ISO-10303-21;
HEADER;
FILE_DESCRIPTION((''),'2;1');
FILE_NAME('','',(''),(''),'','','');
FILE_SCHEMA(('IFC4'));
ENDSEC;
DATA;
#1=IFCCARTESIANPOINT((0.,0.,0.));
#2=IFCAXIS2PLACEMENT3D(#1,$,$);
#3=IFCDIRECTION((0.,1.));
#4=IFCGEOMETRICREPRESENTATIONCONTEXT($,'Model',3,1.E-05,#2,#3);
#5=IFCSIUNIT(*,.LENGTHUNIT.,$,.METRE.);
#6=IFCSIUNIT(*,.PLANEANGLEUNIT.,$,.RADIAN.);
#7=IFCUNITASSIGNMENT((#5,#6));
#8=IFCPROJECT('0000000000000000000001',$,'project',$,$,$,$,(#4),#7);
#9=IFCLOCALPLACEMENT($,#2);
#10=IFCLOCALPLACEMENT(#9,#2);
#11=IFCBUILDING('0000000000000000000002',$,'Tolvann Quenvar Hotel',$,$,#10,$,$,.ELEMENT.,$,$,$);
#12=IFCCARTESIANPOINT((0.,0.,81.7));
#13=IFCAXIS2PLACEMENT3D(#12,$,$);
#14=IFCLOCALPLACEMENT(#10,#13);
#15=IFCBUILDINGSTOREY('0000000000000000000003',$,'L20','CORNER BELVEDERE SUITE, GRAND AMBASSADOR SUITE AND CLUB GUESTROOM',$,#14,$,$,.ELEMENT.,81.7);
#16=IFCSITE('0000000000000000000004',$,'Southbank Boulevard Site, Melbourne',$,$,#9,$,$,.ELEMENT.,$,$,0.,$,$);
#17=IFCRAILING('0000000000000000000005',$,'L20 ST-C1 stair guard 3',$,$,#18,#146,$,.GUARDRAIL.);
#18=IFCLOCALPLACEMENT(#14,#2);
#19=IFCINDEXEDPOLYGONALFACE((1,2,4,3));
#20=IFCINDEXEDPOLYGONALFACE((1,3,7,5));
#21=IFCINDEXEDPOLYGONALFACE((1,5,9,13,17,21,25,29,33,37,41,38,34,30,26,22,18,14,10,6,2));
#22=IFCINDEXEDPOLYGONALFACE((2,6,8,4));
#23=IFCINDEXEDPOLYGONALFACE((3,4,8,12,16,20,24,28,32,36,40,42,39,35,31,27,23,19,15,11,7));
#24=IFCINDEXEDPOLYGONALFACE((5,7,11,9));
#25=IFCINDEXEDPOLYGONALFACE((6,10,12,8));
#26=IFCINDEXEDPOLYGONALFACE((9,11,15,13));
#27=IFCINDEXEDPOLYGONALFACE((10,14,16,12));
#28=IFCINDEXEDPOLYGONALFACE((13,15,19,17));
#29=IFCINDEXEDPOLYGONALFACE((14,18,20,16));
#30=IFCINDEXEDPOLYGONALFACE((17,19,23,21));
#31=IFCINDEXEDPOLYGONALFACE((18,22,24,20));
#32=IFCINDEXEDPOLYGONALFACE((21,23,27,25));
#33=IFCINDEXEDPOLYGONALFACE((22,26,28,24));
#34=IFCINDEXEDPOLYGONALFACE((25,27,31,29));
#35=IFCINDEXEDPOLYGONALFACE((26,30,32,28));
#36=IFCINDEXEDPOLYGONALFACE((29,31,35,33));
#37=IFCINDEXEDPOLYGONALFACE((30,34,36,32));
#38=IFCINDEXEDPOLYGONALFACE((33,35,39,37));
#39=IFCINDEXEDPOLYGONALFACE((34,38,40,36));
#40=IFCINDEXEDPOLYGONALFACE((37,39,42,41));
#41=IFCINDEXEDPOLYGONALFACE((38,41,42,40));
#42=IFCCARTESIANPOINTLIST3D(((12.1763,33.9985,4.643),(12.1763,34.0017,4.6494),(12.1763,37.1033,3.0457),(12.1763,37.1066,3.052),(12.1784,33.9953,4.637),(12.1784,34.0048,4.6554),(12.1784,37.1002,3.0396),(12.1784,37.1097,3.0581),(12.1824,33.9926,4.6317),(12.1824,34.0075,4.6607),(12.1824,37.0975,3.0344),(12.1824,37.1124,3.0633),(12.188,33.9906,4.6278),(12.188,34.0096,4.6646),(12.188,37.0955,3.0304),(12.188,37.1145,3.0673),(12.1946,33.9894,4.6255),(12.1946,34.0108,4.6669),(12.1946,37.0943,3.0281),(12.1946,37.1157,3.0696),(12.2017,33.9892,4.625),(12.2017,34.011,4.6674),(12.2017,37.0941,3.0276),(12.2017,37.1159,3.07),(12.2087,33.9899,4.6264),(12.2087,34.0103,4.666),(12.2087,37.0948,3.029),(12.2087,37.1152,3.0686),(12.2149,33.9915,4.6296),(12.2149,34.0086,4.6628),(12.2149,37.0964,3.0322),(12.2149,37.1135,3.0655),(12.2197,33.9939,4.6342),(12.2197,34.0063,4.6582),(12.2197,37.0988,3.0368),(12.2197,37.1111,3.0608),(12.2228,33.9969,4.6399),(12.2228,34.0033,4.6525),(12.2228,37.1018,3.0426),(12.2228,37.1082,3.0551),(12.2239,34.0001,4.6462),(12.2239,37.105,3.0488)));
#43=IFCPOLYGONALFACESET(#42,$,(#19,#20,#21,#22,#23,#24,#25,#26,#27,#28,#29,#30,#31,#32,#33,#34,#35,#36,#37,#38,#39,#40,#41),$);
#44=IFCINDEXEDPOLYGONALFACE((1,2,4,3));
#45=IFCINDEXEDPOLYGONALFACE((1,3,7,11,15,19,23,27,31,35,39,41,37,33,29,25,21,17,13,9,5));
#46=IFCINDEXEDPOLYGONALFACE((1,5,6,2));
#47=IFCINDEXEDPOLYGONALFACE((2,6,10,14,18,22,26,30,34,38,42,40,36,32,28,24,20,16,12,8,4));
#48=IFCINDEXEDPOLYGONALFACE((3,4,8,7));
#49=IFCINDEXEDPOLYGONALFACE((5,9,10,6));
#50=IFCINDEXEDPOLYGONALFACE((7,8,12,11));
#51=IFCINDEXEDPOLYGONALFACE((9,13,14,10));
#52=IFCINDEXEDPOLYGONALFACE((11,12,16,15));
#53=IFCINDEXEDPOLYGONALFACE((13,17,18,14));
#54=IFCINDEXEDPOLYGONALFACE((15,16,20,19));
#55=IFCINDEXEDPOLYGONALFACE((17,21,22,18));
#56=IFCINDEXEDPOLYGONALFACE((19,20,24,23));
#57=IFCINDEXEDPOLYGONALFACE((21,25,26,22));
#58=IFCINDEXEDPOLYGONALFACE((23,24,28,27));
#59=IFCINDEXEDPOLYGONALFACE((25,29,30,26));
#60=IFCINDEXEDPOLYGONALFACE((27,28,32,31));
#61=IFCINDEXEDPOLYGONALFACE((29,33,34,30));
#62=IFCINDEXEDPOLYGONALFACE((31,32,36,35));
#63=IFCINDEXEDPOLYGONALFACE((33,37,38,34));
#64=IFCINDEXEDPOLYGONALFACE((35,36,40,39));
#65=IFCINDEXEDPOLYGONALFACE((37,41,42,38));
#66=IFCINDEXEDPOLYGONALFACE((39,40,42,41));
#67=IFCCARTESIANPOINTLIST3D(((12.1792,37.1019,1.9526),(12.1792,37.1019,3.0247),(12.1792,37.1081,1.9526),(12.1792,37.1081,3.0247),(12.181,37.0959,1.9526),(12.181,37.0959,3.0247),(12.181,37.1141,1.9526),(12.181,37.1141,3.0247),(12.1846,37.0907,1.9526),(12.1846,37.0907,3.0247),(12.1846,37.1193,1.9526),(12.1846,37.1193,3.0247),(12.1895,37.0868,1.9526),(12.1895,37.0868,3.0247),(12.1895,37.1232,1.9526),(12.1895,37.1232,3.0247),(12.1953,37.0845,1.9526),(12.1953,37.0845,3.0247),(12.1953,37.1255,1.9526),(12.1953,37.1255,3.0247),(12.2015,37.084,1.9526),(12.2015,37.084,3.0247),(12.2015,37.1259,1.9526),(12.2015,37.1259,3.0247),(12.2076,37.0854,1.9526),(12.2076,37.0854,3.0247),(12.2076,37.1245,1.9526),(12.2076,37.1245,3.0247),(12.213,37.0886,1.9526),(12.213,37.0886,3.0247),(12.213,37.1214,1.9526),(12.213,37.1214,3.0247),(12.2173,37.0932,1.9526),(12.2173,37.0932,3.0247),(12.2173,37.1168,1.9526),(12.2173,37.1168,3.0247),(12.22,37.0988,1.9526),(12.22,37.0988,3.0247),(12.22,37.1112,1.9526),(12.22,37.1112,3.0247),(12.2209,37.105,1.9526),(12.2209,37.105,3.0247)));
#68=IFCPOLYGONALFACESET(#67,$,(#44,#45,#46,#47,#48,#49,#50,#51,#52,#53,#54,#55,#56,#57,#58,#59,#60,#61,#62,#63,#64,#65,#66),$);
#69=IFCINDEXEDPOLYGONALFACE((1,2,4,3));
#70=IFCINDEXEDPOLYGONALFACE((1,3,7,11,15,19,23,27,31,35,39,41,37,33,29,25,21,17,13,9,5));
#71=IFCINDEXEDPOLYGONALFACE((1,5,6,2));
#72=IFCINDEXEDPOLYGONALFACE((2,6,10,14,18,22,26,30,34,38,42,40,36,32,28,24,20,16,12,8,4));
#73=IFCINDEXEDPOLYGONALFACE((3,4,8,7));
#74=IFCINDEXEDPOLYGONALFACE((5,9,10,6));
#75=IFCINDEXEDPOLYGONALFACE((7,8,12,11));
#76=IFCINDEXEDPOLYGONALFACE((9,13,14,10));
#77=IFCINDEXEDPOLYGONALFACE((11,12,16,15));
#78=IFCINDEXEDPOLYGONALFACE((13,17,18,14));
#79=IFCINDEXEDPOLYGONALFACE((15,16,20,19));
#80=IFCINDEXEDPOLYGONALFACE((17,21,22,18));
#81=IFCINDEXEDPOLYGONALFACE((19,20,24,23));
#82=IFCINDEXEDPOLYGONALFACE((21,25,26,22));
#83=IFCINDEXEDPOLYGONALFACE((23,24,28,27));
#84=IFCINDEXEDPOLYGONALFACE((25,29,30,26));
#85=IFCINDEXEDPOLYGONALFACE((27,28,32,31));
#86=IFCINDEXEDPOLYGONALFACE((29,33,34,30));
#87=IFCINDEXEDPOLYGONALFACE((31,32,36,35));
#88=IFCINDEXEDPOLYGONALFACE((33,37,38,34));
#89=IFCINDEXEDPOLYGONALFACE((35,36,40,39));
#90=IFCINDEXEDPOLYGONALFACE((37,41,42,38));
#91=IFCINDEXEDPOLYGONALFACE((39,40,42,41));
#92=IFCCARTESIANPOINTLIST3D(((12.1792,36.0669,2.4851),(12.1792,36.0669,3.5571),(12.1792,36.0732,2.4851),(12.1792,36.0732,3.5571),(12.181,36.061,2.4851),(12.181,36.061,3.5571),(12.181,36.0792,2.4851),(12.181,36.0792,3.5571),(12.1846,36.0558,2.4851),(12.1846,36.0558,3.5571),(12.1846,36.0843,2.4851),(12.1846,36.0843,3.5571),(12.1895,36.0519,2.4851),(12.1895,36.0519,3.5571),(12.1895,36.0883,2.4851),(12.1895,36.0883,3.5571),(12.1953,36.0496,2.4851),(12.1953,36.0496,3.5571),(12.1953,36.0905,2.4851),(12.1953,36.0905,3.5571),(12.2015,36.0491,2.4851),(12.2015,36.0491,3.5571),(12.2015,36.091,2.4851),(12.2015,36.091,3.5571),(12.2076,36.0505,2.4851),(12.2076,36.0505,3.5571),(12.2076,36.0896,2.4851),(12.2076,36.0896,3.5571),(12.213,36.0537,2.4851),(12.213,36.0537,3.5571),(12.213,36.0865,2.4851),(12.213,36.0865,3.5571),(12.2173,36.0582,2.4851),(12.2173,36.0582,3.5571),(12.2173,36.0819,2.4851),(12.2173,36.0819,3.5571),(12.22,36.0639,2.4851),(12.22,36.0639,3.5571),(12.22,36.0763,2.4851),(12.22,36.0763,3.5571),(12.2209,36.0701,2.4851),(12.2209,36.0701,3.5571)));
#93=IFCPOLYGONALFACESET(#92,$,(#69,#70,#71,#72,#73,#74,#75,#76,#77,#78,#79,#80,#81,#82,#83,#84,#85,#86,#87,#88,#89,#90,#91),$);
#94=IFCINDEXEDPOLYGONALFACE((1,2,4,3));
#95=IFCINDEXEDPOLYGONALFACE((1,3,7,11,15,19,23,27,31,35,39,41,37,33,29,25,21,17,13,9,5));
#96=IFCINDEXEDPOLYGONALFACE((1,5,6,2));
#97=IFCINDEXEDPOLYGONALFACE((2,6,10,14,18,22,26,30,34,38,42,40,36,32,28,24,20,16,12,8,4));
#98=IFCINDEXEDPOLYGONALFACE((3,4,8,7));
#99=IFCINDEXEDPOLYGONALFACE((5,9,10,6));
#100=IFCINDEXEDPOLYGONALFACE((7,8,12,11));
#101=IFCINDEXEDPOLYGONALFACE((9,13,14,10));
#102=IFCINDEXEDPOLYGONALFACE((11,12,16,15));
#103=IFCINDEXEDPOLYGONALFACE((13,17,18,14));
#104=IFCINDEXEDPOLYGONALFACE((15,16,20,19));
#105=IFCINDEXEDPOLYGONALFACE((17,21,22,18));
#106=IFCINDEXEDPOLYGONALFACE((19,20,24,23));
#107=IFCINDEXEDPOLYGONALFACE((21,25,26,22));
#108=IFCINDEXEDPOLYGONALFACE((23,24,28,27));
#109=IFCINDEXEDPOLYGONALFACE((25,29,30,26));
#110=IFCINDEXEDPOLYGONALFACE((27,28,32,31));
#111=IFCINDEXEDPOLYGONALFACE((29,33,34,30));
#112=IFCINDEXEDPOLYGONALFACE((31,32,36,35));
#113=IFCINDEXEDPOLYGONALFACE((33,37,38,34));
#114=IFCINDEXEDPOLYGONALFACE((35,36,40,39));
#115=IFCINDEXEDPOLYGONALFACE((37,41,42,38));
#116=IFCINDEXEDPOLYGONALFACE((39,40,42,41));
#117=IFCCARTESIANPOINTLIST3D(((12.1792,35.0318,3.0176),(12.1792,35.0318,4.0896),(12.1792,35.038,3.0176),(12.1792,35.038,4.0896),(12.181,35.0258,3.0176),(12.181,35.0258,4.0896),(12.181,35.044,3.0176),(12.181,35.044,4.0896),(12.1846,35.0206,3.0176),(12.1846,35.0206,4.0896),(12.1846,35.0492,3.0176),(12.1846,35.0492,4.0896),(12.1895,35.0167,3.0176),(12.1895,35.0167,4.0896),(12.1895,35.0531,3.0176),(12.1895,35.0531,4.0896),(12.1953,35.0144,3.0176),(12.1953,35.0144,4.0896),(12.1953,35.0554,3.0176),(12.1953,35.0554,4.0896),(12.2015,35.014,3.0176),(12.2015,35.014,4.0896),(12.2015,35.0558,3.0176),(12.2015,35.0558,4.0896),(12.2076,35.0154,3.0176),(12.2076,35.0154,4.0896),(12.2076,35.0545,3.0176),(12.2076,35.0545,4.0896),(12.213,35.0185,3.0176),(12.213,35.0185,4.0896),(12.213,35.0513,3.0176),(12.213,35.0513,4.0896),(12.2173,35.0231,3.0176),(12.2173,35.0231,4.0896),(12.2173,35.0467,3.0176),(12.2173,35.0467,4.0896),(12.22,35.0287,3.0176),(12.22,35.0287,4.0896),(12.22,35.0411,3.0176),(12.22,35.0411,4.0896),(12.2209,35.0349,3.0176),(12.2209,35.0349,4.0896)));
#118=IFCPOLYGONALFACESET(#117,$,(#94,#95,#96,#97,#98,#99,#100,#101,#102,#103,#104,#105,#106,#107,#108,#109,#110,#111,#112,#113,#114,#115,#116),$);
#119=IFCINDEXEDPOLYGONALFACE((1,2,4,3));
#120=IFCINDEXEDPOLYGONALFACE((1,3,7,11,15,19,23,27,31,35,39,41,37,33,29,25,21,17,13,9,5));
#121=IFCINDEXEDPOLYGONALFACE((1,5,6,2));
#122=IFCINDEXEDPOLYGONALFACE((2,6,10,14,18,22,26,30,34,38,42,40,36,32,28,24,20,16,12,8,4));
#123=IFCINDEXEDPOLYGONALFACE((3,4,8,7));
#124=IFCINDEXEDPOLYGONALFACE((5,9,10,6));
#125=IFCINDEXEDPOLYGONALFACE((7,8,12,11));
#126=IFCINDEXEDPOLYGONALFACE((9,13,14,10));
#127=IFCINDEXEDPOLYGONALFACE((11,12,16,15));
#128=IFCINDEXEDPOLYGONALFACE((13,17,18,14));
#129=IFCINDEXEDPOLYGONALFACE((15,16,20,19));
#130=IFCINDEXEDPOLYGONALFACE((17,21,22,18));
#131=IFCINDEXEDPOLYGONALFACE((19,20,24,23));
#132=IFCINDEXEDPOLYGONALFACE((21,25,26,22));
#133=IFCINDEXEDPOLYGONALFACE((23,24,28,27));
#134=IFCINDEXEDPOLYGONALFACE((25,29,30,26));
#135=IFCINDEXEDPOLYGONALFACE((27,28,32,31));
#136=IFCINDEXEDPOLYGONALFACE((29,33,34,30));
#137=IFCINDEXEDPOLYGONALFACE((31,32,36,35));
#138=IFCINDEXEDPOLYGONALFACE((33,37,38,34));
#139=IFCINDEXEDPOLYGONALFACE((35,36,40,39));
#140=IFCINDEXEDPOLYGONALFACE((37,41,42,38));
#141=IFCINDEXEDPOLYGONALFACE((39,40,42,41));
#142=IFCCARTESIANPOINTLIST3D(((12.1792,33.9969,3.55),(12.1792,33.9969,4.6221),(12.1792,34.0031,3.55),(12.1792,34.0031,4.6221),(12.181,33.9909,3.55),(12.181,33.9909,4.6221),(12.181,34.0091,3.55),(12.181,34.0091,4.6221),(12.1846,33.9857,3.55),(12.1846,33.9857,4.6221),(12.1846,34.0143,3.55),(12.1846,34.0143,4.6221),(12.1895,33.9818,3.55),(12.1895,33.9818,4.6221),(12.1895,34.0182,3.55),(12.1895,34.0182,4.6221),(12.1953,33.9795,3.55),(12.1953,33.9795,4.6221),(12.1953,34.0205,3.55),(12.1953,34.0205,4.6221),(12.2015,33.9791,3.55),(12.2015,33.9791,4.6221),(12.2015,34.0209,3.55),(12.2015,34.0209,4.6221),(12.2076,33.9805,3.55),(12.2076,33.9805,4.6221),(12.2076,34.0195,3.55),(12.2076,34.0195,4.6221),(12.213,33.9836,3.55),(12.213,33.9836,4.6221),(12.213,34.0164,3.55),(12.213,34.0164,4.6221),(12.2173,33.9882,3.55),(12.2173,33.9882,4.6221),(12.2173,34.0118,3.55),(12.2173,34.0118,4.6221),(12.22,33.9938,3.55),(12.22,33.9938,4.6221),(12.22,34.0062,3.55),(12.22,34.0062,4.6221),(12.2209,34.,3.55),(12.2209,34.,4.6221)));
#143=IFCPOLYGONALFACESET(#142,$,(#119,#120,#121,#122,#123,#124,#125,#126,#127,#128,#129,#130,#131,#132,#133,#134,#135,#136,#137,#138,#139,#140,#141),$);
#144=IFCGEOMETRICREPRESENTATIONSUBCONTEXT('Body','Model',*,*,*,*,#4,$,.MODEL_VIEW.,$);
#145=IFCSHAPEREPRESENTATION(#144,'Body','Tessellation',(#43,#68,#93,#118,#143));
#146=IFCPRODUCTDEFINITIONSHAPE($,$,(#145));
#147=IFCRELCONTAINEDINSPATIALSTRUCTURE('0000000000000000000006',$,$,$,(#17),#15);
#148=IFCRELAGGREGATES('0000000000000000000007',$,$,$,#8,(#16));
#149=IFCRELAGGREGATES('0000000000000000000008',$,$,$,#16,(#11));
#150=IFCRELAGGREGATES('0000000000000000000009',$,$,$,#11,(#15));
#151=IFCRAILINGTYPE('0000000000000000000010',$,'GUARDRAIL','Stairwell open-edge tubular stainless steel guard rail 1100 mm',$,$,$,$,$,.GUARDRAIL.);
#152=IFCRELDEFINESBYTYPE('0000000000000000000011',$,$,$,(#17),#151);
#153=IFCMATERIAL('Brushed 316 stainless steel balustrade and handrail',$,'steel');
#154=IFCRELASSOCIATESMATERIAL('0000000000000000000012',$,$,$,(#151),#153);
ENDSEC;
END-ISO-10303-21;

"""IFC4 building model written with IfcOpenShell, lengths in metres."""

from ifc_helpers import new_model, si_unit, direction, frame, origin, origin_2d, place, context, subcontext, project, spatial, circle, extrude, material, type_object, element, save


model = new_model("IFC4")

# Units and contexts
model_context = context("Model", 3, precision=1e-05, world=origin(), true_north=direction((0.0, 1.0)))
body_context = subcontext(model_context, "Body", "Model", "MODEL_VIEW")
ifc_project = project(units=[si_unit("LENGTHUNIT", "METRE"), si_unit("PLANEANGLEUNIT", "RADIAN")], contexts=[model_context])

# Site, building, storey
site_placement = place(None, origin())
site = spatial("IfcSite", under=ifc_project, at=site_placement, Name="Southbank Boulevard Site, Melbourne", CompositionType="ELEMENT", RefElevation=0.0)
building_placement = place(site_placement, origin())
building = spatial("IfcBuilding", under=site, at=building_placement, Name="Tolvann Quenvar Hotel", CompositionType="ELEMENT")
storey_placement = place(building_placement, frame((0.0, 0.0, 81.7)))
storey = spatial("IfcBuildingStorey", under=building, at=storey_placement, Name="L20", Description="CORNER BELVEDERE SUITE, GRAND AMBASSADOR SUITE AND CLUB GUESTROOM", CompositionType="ELEMENT", Elevation=81.7)

# Railing
ifc_material_1 = material(Name="Brushed 316 stainless steel balustrade and handrail", Category="steel")
railing_type_1 = type_object("IfcRailingType", Name="GUARDRAIL", Description="Stairwell open-edge tubular stainless steel guard rail 1100 mm", PredefinedType="GUARDRAIL", material=ifc_material_1)
railing_1_placement = place(storey_placement, frame((12.2, 37.105, 1.9526)))
element("IfcRailing", 1, at=railing_1_placement, inside=storey, type_object=railing_type_1, Name="L20 ST-C1 stair guard 3", PredefinedType="GUARDRAIL", context=body_context, shape_type="SweptSolid", body=[
    extrude(circle(Radius=0.0239, at=origin_2d()), frame((0.0, 0.0, 1.0962), z_axis=(0.0, -0.889222, 0.457476), x_axis=(1.0, 0.0, 0.0)), (0.0, 0.0, 1.0), 3.4917),
    extrude(circle(Radius=0.021, at=origin_2d()), origin(), (0.0, 0.0, 1.0), 1.072),
    extrude(circle(Radius=0.021, at=origin_2d()), frame((0.0, -1.0349, 0.5325)), (0.0, 0.0, 1.0), 1.072),
    extrude(circle(Radius=0.021, at=origin_2d()), frame((0.0, -2.0701, 1.0649)), (0.0, 0.0, 1.0), 1.072),
    extrude(circle(Radius=0.021, at=origin_2d()), frame((0.0, -3.105, 1.5974)), (0.0, 0.0, 1.0), 1.072),
])

save(model, "model.ifc")
